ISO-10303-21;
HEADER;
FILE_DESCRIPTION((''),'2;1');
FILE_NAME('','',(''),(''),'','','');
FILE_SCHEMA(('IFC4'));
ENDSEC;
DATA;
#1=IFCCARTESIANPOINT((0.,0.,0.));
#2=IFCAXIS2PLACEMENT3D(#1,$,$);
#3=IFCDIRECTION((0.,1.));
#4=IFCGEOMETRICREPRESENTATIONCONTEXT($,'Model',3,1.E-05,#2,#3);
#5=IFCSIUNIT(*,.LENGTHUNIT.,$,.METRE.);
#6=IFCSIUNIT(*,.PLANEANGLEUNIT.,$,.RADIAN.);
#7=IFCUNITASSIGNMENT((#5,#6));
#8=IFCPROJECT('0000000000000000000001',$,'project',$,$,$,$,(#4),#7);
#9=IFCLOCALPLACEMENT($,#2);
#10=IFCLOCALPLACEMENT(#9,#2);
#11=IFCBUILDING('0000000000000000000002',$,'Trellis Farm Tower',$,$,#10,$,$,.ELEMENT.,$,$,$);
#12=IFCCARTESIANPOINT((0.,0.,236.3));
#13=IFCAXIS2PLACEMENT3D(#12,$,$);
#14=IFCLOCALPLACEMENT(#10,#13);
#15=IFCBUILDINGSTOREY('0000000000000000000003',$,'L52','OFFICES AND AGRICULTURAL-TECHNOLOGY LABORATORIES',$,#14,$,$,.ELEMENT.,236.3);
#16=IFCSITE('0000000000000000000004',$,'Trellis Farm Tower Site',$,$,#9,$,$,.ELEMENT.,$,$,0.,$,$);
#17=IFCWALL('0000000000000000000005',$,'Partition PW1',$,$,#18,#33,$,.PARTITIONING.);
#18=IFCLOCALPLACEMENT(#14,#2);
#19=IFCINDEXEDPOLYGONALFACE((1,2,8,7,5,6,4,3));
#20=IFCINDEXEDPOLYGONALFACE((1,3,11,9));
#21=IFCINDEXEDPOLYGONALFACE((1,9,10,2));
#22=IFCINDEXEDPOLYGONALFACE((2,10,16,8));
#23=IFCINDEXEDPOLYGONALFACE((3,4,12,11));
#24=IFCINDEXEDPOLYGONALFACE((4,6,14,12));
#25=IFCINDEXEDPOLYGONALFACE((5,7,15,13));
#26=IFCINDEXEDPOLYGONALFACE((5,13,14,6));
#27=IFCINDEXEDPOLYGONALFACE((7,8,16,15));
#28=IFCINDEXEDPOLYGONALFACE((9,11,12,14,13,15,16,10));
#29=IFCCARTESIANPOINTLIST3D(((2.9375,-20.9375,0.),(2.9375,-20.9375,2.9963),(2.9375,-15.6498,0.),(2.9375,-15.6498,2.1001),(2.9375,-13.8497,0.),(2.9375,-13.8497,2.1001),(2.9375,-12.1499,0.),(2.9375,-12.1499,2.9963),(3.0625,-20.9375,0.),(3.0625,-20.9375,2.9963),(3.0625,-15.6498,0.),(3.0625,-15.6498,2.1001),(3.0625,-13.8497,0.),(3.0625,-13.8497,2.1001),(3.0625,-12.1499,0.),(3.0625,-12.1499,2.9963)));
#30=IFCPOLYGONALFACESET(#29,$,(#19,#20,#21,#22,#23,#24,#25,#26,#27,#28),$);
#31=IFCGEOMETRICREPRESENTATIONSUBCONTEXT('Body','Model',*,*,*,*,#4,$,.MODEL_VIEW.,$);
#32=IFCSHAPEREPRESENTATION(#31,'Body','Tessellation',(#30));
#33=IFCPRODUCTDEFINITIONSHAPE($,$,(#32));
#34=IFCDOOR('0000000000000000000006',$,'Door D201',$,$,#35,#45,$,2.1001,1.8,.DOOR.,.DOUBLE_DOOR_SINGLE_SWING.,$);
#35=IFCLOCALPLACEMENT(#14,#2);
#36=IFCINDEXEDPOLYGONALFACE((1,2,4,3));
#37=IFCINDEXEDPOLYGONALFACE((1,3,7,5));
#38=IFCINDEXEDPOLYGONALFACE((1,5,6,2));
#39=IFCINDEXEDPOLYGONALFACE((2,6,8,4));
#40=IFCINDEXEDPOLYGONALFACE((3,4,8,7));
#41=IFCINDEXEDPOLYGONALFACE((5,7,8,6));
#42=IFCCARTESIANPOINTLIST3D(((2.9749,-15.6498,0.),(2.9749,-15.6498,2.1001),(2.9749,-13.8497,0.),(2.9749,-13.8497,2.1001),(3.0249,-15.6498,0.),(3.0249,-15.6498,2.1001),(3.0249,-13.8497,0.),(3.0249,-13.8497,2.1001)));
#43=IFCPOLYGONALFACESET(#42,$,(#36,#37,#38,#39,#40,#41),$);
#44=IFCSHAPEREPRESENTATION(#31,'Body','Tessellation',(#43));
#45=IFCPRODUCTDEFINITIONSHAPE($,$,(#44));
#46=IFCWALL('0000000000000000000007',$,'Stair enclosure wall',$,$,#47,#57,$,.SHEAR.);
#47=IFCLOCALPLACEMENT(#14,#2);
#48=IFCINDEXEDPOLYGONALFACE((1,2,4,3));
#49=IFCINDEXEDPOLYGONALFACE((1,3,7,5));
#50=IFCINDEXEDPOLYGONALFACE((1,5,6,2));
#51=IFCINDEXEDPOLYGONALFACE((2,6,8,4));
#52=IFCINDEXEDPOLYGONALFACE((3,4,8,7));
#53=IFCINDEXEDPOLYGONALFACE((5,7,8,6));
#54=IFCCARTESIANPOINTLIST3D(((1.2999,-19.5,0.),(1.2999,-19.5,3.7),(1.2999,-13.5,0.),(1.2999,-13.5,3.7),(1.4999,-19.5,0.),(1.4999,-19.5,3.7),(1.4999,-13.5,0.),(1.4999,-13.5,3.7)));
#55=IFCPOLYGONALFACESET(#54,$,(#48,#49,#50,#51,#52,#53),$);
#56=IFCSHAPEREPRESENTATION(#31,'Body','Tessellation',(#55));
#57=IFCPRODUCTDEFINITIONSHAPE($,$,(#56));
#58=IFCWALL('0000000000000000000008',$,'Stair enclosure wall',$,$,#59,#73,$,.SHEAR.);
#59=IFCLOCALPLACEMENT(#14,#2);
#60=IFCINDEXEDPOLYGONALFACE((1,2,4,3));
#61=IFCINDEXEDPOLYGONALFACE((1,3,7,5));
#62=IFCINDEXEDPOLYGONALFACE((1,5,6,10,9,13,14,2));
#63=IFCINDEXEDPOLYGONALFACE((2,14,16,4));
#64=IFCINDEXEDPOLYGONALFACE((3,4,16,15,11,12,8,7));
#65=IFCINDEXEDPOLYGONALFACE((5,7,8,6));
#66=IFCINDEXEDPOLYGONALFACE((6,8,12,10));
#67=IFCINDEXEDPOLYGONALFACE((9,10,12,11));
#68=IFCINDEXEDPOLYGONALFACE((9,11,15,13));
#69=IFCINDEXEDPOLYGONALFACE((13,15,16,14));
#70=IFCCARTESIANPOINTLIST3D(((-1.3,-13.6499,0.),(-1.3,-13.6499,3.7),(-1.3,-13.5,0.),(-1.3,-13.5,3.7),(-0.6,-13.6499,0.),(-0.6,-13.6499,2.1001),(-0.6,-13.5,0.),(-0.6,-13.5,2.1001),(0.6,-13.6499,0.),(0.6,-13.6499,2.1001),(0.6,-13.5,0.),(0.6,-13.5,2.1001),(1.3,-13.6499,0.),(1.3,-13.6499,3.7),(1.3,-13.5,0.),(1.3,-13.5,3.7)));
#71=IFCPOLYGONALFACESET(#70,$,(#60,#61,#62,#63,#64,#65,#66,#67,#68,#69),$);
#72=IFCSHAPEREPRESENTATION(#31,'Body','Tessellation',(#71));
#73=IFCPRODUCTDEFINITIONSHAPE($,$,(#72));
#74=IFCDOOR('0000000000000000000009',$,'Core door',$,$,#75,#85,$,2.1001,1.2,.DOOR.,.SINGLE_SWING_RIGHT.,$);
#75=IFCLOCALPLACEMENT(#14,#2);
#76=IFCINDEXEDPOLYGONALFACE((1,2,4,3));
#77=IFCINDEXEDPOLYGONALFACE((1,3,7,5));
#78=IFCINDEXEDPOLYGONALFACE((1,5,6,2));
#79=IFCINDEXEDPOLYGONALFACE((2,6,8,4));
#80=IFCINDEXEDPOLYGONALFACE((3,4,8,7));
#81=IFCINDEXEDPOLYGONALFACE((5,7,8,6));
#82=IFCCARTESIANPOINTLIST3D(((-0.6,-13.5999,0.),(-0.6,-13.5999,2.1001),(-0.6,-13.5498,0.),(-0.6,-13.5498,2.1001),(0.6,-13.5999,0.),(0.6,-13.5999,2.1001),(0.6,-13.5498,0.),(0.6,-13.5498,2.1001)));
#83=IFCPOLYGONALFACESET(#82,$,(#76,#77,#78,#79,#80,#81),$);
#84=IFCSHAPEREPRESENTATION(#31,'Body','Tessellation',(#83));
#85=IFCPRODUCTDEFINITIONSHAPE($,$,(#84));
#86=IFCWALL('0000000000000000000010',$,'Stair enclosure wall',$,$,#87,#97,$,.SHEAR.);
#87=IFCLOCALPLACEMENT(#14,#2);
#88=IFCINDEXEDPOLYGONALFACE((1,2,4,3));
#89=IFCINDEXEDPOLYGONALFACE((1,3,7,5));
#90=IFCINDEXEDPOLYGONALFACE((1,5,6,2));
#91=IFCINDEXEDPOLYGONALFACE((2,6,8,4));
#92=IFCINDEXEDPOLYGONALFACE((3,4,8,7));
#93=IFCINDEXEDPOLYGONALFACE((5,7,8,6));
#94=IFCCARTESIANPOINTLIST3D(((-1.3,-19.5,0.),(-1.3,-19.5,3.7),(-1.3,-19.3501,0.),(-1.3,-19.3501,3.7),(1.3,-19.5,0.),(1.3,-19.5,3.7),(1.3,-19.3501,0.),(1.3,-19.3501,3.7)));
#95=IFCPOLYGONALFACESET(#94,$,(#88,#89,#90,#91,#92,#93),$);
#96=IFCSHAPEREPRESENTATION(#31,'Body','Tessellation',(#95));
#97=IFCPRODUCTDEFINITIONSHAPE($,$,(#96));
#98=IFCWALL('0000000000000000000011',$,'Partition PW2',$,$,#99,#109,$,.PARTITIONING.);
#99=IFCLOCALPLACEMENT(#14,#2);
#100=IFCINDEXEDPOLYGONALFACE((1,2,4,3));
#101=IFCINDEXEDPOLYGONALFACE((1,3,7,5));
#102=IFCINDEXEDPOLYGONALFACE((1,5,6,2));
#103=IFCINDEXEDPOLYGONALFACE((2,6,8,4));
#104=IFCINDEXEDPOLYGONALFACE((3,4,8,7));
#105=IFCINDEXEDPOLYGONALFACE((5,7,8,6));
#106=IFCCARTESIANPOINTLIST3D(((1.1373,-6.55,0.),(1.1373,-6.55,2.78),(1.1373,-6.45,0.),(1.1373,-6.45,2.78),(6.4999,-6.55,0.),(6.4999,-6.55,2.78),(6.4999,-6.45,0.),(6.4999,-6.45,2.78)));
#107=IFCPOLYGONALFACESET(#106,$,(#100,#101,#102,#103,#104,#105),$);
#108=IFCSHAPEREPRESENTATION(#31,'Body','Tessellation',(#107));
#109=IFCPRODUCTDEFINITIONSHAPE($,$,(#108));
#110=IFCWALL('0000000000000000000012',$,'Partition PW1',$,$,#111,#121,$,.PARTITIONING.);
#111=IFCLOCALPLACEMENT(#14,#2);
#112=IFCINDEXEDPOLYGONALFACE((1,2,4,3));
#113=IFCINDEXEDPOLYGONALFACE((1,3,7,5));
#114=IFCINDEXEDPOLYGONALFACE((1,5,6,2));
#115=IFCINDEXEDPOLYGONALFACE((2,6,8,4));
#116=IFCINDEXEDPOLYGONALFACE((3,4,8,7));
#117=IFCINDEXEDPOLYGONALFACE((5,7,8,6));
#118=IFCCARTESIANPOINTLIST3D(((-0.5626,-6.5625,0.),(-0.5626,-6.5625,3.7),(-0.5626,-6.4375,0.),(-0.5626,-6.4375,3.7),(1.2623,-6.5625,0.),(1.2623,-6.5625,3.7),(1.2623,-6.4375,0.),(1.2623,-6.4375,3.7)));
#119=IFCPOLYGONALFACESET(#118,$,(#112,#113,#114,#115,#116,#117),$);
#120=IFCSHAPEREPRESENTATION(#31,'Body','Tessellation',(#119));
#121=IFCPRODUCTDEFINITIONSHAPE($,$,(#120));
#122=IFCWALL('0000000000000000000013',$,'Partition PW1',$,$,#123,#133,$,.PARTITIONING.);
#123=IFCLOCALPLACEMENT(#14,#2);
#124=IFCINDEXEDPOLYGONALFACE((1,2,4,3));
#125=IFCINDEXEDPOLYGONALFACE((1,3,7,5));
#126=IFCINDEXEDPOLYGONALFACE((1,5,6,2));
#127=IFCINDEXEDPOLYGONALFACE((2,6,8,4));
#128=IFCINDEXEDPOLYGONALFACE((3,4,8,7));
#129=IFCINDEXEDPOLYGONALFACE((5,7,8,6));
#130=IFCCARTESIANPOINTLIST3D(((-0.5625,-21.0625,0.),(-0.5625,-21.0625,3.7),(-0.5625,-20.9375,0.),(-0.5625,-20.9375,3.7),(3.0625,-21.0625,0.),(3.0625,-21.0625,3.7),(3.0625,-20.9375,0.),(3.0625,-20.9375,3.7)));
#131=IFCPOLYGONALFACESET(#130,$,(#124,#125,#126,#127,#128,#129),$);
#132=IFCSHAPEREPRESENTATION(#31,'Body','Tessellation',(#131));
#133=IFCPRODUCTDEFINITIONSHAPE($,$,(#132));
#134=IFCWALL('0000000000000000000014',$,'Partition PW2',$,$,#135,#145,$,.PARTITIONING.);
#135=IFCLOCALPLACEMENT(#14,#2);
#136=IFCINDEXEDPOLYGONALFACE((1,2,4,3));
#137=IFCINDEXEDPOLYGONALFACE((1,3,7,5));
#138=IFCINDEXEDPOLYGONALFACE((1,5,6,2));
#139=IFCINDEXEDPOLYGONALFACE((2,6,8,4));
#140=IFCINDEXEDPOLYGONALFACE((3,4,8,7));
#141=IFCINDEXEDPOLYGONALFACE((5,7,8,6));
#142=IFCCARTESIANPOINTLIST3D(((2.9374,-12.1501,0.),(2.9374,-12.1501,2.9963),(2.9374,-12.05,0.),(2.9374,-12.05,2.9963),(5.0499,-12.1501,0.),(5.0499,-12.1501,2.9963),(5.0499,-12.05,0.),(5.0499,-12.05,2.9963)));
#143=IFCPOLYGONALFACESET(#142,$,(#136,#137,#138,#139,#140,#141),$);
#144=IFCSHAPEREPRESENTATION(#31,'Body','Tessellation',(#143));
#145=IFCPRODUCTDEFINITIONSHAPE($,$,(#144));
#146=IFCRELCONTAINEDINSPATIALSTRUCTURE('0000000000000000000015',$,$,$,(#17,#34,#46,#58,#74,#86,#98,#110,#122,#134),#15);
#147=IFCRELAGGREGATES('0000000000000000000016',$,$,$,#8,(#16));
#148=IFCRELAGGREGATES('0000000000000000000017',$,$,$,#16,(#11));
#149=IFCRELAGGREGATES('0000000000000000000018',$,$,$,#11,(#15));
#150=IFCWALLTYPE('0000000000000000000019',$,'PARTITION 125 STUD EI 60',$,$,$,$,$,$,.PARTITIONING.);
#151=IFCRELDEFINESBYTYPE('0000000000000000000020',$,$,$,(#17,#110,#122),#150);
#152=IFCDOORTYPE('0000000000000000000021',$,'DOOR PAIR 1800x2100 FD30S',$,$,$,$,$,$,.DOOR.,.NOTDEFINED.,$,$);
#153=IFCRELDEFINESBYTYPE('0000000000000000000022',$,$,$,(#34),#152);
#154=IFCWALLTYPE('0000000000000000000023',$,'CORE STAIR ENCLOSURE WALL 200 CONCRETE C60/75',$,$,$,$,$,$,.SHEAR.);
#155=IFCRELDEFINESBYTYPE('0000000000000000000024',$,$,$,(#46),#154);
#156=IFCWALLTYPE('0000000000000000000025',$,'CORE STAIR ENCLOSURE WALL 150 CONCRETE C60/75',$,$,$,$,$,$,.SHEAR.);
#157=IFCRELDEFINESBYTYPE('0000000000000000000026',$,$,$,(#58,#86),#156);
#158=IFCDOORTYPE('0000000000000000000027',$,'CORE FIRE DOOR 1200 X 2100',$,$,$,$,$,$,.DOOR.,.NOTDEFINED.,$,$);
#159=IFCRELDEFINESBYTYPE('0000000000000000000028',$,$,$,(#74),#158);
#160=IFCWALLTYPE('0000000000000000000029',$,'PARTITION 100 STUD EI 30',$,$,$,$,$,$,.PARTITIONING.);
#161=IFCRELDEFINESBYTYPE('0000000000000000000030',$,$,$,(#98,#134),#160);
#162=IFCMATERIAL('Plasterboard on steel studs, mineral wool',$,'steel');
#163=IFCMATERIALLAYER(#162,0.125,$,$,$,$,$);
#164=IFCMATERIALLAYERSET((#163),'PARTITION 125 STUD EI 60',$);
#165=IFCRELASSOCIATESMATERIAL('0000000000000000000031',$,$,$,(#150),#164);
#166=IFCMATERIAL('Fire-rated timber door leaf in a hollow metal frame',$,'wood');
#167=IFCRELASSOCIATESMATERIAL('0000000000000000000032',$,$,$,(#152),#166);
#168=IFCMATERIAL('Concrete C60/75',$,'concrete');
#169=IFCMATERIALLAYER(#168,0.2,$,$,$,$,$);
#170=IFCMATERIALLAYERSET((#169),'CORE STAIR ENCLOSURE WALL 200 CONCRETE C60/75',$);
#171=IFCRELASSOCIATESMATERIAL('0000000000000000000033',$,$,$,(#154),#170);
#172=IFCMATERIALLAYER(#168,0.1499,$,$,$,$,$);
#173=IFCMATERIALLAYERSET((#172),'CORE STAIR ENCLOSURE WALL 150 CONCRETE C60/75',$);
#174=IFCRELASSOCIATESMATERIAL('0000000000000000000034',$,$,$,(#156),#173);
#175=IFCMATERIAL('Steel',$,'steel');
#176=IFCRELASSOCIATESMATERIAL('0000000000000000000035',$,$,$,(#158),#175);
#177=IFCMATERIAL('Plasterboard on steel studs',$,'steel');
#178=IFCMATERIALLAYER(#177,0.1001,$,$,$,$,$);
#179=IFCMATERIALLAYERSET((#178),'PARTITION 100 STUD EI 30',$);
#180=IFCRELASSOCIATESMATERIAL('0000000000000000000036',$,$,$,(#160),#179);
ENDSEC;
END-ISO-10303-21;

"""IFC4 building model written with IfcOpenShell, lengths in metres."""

from ifc_helpers import new_model, si_unit, direction, frame, frame_2d, origin, place, context, subcontext, project, spatial, rectangle, extrude, source, transform, mapped, material, layer, layer_set, type_object, element, fill, save


model = new_model("IFC4")

# Units and contexts
model_context = context("Model", 3, precision=1e-05, world=origin(), true_north=direction((0.0, 1.0)))
body_context = subcontext(model_context, "Body", "Model", "MODEL_VIEW")
ifc_project = project(units=[si_unit("LENGTHUNIT", "METRE"), si_unit("PLANEANGLEUNIT", "RADIAN")], contexts=[model_context])

# Site, building, storey
site_placement = place(None, origin())
site = spatial("IfcSite", under=ifc_project, at=site_placement, Name="Trellis Farm Tower Site", CompositionType="ELEMENT", RefElevation=0.0)
building_placement = place(site_placement, origin())
building = spatial("IfcBuilding", under=site, at=building_placement, Name="Trellis Farm Tower", CompositionType="ELEMENT")
storey_placement = place(building_placement, frame((0.0, 0.0, 236.3)))
storey = spatial("IfcBuildingStorey", under=building, at=storey_placement, Name="L52", Description="OFFICES AND AGRICULTURAL-TECHNOLOGY LABORATORIES", CompositionType="ELEMENT", Elevation=236.3)

# Shared definitions
ifc_material_1 = material(Name="Concrete C60/75", Category="concrete")

# Wall, opening, door
ifc_material_2 = material(Name="Plasterboard on steel studs, mineral wool", Category="steel")
ifc_layer_1 = layer(ifc_material_2, 0.125)
ifc_layer_set_1 = layer_set([ifc_layer_1], Name="PARTITION 125 STUD EI 60")
wall_type_1 = type_object("IfcWallType", Name="PARTITION 125 STUD EI 60", PredefinedType="PARTITIONING", material=ifc_layer_set_1)
wall_1_placement = place(storey_placement, frame((3.0, -12.1499, 0.0), z_axis=(0.0, 0.0, 1.0), x_axis=(0.0, -1.0, 0.0)))
wall_1 = element("IfcWall", 1, at=wall_1_placement, inside=storey, type_object=wall_type_1, Name="Partition PW1", PredefinedType="PARTITIONING", context=body_context, shape_type="SweptSolid", body=[
    extrude(rectangle(XDim=8.7876, YDim=0.125, at=frame_2d((4.3938, 0.0))), origin(), (0.0, 0.0, 1.0), 2.9963),
])
shared_shape_1 = source(origin(), body_context, "Body", "SweptSolid", [
    extrude(rectangle(XDim=1.8, YDim=2.1001, at=frame_2d((0.8999, 1.05))), frame((0.0, 0.0725, 0.0), z_axis=(0.0, -1.0, 0.0), x_axis=(1.0, 0.0, 0.0)), (0.0, 0.0, 1.0), 0.145),
])
opening_1_placement = place(wall_1_placement, frame((1.7, 0.0, 0.0)))
opening_1 = element("IfcOpeningElement", 2, at=opening_1_placement, cuts=wall_1, PredefinedType="OPENING", context=body_context, shape_type="MappedRepresentation", body=[
    mapped(shared_shape_1, transform((0.0, 0.0, 0.0))),
])
ifc_material_3 = material(Name="Fire-rated timber door leaf in a hollow metal frame", Category="wood")
door_type_1 = type_object("IfcDoorType", Name="DOOR PAIR 1800x2100 FD30S", OperationType="NOTDEFINED", PredefinedType="DOOR", material=ifc_material_3)
shared_shape_2 = source(origin(), body_context, "Body", "SweptSolid", [
    extrude(rectangle(XDim=1.8, YDim=2.1001, at=frame_2d((0.8999, 1.05))), frame((0.0, 0.0249, 0.0), z_axis=(0.0, -1.0, 0.0), x_axis=(1.0, 0.0, 0.0)), (0.0, 0.0, 1.0), 0.05),
])
door_1_placement = place(opening_1_placement, origin())
door_1 = element("IfcDoor", 3, at=door_1_placement, inside=storey, type_object=door_type_1, Name="Door D201", OperationType="DOUBLE_DOOR_SINGLE_SWING", OverallHeight=2.1001, OverallWidth=1.8, PredefinedType="DOOR", context=body_context, shape_type="MappedRepresentation", body=[
    mapped(shared_shape_2, transform((0.0, 0.0, 0.0))),
])
fill(opening_1, door_1)

# Wall
ifc_layer_2 = layer(ifc_material_1, 0.2)
ifc_layer_set_2 = layer_set([ifc_layer_2], Name="CORE STAIR ENCLOSURE WALL 200 CONCRETE C60/75")
wall_type_2 = type_object("IfcWallType", Name="CORE STAIR ENCLOSURE WALL 200 CONCRETE C60/75", PredefinedType="SHEAR", material=ifc_layer_set_2)
shared_shape_3 = source(origin(), body_context, "Body", "SweptSolid", [
    extrude(rectangle(XDim=6.0, YDim=0.2, at=frame_2d((3.0, 0.0))), origin(), (0.0, 0.0, 1.0), 3.7),
])
wall_2_placement = place(storey_placement, frame((1.3999, -13.5, 0.0), z_axis=(0.0, 0.0, 1.0), x_axis=(0.0, -1.0, 0.0)))
element("IfcWall", 4, at=wall_2_placement, inside=storey, type_object=wall_type_2, Name="Stair enclosure wall", PredefinedType="SHEAR", context=body_context, shape_type="MappedRepresentation", body=[
    mapped(shared_shape_3, transform((0.0, 0.0, 0.0))),
])

# Wall, opening, door
ifc_layer_3 = layer(ifc_material_1, 0.1499)
ifc_layer_set_3 = layer_set([ifc_layer_3], Name="CORE STAIR ENCLOSURE WALL 150 CONCRETE C60/75")
wall_type_3 = type_object("IfcWallType", Name="CORE STAIR ENCLOSURE WALL 150 CONCRETE C60/75", PredefinedType="SHEAR", material=ifc_layer_set_3)
shared_shape_4 = source(origin(), body_context, "Body", "SweptSolid", [
    extrude(rectangle(XDim=2.6001, YDim=0.1499, at=frame_2d((1.3, 0.0))), origin(), (0.0, 0.0, 1.0), 3.7),
])
wall_3_placement = place(storey_placement, frame((1.3, -13.575, 0.0), z_axis=(0.0, 0.0, 1.0), x_axis=(-1.0, 0.0, 0.0)))
wall_3 = element("IfcWall", 5, at=wall_3_placement, inside=storey, type_object=wall_type_3, Name="Stair enclosure wall", PredefinedType="SHEAR", context=body_context, shape_type="MappedRepresentation", body=[
    mapped(shared_shape_4, transform((0.0, 0.0, 0.0))),
])
shared_shape_5 = source(origin(), body_context, "Body", "SweptSolid", [
    extrude(rectangle(XDim=1.2, YDim=2.1001, at=frame_2d((0.6001, 1.05))), frame((0.0, 0.085, 0.0), z_axis=(0.0, -1.0, 0.0), x_axis=(1.0, 0.0, 0.0)), (0.0, 0.0, 1.0), 0.1699),
])
opening_2_placement = place(wall_3_placement, frame((0.7, 0.0, 0.0)))
opening_2 = element("IfcOpeningElement", 6, at=opening_2_placement, cuts=wall_3, PredefinedType="OPENING", context=body_context, shape_type="MappedRepresentation", body=[
    mapped(shared_shape_5, transform((0.0, 0.0, 0.0))),
])
ifc_material_4 = material(Name="Steel", Category="steel")
door_type_2 = type_object("IfcDoorType", Name="CORE FIRE DOOR 1200 X 2100", OperationType="NOTDEFINED", PredefinedType="DOOR", material=ifc_material_4)
shared_shape_6 = source(origin(), body_context, "Body", "SweptSolid", [
    extrude(rectangle(XDim=1.2, YDim=2.1001, at=frame_2d((0.6001, 1.05))), frame((0.0, 0.0249, 0.0), z_axis=(0.0, -1.0, 0.0), x_axis=(1.0, 0.0, 0.0)), (0.0, 0.0, 1.0), 0.05),
])
door_2_placement = place(opening_2_placement, origin())
door_2 = element("IfcDoor", 7, at=door_2_placement, inside=storey, type_object=door_type_2, Name="Core door", OperationType="SINGLE_SWING_RIGHT", OverallHeight=2.1001, OverallWidth=1.2, PredefinedType="DOOR", context=body_context, shape_type="MappedRepresentation", body=[
    mapped(shared_shape_6, transform((0.0, 0.0, 0.0))),
])
fill(opening_2, door_2)

# Walls
wall_4_placement = place(storey_placement, frame((1.3, -19.425, 0.0), z_axis=(0.0, 0.0, 1.0), x_axis=(-1.0, 0.0, 0.0)))
element("IfcWall", 8, at=wall_4_placement, inside=storey, type_object=wall_type_3, Name="Stair enclosure wall", PredefinedType="SHEAR", context=body_context, shape_type="MappedRepresentation", body=[
    mapped(shared_shape_4, transform((0.0, 0.0, 0.0))),
])
ifc_material_5 = material(Name="Plasterboard on steel studs", Category="steel")
ifc_layer_4 = layer(ifc_material_5, 0.1001)
ifc_layer_set_4 = layer_set([ifc_layer_4], Name="PARTITION 100 STUD EI 30")
wall_type_4 = type_object("IfcWallType", Name="PARTITION 100 STUD EI 30", PredefinedType="PARTITIONING", material=ifc_layer_set_4)
shared_shape_7 = source(origin(), body_context, "Body", "SweptSolid", [
    extrude(rectangle(XDim=5.3625, YDim=0.1001, at=frame_2d((2.6812, 0.0))), origin(), (0.0, 0.0, 1.0), 2.78),
])
wall_5_placement = place(storey_placement, frame((1.1375, -6.5, 0.0), z_axis=(0.0, 0.0, 1.0), x_axis=(1.0, 0.0, 0.0)))
element("IfcWall", 9, at=wall_5_placement, inside=storey, type_object=wall_type_4, Name="Partition PW2", PredefinedType="PARTITIONING", context=body_context, shape_type="MappedRepresentation", body=[
    mapped(shared_shape_7, transform((0.0, 0.0, 0.0))),
])
shared_shape_8 = source(origin(), body_context, "Body", "SweptSolid", [
    extrude(rectangle(XDim=1.825, YDim=0.125, at=frame_2d((0.9126, 0.0))), origin(), (0.0, 0.0, 1.0), 3.7),
])
wall_6_placement = place(storey_placement, frame((1.2625, -6.5, 0.0), z_axis=(0.0, 0.0, 1.0), x_axis=(-1.0, 0.0, 0.0)))
element("IfcWall", 10, at=wall_6_placement, inside=storey, type_object=wall_type_1, Name="Partition PW1", PredefinedType="PARTITIONING", context=body_context, shape_type="MappedRepresentation", body=[
    mapped(shared_shape_8, transform((0.0, 0.0, 0.0))),
])
shared_shape_9 = source(origin(), body_context, "Body", "SweptSolid", [
    extrude(rectangle(XDim=3.625, YDim=0.125, at=frame_2d((1.8125, 0.0))), origin(), (0.0, 0.0, 1.0), 3.7),
])
wall_7_placement = place(storey_placement, frame((3.0625, -21.0, 0.0), z_axis=(0.0, 0.0, 1.0), x_axis=(-1.0, 0.0, 0.0)))
element("IfcWall", 11, at=wall_7_placement, inside=storey, type_object=wall_type_1, Name="Partition PW1", PredefinedType="PARTITIONING", context=body_context, shape_type="MappedRepresentation", body=[
    mapped(shared_shape_9, transform((0.0, 0.0, 0.0))),
])
shared_shape_10 = source(origin(), body_context, "Body", "SweptSolid", [
    extrude(rectangle(XDim=2.1125, YDim=0.1001, at=frame_2d((1.0562, 0.0))), origin(), (0.0, 0.0, 1.0), 2.9963),
])
wall_8_placement = place(storey_placement, frame((2.9375, -12.1001, 0.0), z_axis=(0.0, 0.0, 1.0), x_axis=(1.0, 0.0, 0.0)))
element("IfcWall", 12, at=wall_8_placement, inside=storey, type_object=wall_type_4, Name="Partition PW2", PredefinedType="PARTITIONING", context=body_context, shape_type="MappedRepresentation", body=[
    mapped(shared_shape_10, transform((0.0, 0.0, 0.0))),
])

save(model, "model.ifc")
